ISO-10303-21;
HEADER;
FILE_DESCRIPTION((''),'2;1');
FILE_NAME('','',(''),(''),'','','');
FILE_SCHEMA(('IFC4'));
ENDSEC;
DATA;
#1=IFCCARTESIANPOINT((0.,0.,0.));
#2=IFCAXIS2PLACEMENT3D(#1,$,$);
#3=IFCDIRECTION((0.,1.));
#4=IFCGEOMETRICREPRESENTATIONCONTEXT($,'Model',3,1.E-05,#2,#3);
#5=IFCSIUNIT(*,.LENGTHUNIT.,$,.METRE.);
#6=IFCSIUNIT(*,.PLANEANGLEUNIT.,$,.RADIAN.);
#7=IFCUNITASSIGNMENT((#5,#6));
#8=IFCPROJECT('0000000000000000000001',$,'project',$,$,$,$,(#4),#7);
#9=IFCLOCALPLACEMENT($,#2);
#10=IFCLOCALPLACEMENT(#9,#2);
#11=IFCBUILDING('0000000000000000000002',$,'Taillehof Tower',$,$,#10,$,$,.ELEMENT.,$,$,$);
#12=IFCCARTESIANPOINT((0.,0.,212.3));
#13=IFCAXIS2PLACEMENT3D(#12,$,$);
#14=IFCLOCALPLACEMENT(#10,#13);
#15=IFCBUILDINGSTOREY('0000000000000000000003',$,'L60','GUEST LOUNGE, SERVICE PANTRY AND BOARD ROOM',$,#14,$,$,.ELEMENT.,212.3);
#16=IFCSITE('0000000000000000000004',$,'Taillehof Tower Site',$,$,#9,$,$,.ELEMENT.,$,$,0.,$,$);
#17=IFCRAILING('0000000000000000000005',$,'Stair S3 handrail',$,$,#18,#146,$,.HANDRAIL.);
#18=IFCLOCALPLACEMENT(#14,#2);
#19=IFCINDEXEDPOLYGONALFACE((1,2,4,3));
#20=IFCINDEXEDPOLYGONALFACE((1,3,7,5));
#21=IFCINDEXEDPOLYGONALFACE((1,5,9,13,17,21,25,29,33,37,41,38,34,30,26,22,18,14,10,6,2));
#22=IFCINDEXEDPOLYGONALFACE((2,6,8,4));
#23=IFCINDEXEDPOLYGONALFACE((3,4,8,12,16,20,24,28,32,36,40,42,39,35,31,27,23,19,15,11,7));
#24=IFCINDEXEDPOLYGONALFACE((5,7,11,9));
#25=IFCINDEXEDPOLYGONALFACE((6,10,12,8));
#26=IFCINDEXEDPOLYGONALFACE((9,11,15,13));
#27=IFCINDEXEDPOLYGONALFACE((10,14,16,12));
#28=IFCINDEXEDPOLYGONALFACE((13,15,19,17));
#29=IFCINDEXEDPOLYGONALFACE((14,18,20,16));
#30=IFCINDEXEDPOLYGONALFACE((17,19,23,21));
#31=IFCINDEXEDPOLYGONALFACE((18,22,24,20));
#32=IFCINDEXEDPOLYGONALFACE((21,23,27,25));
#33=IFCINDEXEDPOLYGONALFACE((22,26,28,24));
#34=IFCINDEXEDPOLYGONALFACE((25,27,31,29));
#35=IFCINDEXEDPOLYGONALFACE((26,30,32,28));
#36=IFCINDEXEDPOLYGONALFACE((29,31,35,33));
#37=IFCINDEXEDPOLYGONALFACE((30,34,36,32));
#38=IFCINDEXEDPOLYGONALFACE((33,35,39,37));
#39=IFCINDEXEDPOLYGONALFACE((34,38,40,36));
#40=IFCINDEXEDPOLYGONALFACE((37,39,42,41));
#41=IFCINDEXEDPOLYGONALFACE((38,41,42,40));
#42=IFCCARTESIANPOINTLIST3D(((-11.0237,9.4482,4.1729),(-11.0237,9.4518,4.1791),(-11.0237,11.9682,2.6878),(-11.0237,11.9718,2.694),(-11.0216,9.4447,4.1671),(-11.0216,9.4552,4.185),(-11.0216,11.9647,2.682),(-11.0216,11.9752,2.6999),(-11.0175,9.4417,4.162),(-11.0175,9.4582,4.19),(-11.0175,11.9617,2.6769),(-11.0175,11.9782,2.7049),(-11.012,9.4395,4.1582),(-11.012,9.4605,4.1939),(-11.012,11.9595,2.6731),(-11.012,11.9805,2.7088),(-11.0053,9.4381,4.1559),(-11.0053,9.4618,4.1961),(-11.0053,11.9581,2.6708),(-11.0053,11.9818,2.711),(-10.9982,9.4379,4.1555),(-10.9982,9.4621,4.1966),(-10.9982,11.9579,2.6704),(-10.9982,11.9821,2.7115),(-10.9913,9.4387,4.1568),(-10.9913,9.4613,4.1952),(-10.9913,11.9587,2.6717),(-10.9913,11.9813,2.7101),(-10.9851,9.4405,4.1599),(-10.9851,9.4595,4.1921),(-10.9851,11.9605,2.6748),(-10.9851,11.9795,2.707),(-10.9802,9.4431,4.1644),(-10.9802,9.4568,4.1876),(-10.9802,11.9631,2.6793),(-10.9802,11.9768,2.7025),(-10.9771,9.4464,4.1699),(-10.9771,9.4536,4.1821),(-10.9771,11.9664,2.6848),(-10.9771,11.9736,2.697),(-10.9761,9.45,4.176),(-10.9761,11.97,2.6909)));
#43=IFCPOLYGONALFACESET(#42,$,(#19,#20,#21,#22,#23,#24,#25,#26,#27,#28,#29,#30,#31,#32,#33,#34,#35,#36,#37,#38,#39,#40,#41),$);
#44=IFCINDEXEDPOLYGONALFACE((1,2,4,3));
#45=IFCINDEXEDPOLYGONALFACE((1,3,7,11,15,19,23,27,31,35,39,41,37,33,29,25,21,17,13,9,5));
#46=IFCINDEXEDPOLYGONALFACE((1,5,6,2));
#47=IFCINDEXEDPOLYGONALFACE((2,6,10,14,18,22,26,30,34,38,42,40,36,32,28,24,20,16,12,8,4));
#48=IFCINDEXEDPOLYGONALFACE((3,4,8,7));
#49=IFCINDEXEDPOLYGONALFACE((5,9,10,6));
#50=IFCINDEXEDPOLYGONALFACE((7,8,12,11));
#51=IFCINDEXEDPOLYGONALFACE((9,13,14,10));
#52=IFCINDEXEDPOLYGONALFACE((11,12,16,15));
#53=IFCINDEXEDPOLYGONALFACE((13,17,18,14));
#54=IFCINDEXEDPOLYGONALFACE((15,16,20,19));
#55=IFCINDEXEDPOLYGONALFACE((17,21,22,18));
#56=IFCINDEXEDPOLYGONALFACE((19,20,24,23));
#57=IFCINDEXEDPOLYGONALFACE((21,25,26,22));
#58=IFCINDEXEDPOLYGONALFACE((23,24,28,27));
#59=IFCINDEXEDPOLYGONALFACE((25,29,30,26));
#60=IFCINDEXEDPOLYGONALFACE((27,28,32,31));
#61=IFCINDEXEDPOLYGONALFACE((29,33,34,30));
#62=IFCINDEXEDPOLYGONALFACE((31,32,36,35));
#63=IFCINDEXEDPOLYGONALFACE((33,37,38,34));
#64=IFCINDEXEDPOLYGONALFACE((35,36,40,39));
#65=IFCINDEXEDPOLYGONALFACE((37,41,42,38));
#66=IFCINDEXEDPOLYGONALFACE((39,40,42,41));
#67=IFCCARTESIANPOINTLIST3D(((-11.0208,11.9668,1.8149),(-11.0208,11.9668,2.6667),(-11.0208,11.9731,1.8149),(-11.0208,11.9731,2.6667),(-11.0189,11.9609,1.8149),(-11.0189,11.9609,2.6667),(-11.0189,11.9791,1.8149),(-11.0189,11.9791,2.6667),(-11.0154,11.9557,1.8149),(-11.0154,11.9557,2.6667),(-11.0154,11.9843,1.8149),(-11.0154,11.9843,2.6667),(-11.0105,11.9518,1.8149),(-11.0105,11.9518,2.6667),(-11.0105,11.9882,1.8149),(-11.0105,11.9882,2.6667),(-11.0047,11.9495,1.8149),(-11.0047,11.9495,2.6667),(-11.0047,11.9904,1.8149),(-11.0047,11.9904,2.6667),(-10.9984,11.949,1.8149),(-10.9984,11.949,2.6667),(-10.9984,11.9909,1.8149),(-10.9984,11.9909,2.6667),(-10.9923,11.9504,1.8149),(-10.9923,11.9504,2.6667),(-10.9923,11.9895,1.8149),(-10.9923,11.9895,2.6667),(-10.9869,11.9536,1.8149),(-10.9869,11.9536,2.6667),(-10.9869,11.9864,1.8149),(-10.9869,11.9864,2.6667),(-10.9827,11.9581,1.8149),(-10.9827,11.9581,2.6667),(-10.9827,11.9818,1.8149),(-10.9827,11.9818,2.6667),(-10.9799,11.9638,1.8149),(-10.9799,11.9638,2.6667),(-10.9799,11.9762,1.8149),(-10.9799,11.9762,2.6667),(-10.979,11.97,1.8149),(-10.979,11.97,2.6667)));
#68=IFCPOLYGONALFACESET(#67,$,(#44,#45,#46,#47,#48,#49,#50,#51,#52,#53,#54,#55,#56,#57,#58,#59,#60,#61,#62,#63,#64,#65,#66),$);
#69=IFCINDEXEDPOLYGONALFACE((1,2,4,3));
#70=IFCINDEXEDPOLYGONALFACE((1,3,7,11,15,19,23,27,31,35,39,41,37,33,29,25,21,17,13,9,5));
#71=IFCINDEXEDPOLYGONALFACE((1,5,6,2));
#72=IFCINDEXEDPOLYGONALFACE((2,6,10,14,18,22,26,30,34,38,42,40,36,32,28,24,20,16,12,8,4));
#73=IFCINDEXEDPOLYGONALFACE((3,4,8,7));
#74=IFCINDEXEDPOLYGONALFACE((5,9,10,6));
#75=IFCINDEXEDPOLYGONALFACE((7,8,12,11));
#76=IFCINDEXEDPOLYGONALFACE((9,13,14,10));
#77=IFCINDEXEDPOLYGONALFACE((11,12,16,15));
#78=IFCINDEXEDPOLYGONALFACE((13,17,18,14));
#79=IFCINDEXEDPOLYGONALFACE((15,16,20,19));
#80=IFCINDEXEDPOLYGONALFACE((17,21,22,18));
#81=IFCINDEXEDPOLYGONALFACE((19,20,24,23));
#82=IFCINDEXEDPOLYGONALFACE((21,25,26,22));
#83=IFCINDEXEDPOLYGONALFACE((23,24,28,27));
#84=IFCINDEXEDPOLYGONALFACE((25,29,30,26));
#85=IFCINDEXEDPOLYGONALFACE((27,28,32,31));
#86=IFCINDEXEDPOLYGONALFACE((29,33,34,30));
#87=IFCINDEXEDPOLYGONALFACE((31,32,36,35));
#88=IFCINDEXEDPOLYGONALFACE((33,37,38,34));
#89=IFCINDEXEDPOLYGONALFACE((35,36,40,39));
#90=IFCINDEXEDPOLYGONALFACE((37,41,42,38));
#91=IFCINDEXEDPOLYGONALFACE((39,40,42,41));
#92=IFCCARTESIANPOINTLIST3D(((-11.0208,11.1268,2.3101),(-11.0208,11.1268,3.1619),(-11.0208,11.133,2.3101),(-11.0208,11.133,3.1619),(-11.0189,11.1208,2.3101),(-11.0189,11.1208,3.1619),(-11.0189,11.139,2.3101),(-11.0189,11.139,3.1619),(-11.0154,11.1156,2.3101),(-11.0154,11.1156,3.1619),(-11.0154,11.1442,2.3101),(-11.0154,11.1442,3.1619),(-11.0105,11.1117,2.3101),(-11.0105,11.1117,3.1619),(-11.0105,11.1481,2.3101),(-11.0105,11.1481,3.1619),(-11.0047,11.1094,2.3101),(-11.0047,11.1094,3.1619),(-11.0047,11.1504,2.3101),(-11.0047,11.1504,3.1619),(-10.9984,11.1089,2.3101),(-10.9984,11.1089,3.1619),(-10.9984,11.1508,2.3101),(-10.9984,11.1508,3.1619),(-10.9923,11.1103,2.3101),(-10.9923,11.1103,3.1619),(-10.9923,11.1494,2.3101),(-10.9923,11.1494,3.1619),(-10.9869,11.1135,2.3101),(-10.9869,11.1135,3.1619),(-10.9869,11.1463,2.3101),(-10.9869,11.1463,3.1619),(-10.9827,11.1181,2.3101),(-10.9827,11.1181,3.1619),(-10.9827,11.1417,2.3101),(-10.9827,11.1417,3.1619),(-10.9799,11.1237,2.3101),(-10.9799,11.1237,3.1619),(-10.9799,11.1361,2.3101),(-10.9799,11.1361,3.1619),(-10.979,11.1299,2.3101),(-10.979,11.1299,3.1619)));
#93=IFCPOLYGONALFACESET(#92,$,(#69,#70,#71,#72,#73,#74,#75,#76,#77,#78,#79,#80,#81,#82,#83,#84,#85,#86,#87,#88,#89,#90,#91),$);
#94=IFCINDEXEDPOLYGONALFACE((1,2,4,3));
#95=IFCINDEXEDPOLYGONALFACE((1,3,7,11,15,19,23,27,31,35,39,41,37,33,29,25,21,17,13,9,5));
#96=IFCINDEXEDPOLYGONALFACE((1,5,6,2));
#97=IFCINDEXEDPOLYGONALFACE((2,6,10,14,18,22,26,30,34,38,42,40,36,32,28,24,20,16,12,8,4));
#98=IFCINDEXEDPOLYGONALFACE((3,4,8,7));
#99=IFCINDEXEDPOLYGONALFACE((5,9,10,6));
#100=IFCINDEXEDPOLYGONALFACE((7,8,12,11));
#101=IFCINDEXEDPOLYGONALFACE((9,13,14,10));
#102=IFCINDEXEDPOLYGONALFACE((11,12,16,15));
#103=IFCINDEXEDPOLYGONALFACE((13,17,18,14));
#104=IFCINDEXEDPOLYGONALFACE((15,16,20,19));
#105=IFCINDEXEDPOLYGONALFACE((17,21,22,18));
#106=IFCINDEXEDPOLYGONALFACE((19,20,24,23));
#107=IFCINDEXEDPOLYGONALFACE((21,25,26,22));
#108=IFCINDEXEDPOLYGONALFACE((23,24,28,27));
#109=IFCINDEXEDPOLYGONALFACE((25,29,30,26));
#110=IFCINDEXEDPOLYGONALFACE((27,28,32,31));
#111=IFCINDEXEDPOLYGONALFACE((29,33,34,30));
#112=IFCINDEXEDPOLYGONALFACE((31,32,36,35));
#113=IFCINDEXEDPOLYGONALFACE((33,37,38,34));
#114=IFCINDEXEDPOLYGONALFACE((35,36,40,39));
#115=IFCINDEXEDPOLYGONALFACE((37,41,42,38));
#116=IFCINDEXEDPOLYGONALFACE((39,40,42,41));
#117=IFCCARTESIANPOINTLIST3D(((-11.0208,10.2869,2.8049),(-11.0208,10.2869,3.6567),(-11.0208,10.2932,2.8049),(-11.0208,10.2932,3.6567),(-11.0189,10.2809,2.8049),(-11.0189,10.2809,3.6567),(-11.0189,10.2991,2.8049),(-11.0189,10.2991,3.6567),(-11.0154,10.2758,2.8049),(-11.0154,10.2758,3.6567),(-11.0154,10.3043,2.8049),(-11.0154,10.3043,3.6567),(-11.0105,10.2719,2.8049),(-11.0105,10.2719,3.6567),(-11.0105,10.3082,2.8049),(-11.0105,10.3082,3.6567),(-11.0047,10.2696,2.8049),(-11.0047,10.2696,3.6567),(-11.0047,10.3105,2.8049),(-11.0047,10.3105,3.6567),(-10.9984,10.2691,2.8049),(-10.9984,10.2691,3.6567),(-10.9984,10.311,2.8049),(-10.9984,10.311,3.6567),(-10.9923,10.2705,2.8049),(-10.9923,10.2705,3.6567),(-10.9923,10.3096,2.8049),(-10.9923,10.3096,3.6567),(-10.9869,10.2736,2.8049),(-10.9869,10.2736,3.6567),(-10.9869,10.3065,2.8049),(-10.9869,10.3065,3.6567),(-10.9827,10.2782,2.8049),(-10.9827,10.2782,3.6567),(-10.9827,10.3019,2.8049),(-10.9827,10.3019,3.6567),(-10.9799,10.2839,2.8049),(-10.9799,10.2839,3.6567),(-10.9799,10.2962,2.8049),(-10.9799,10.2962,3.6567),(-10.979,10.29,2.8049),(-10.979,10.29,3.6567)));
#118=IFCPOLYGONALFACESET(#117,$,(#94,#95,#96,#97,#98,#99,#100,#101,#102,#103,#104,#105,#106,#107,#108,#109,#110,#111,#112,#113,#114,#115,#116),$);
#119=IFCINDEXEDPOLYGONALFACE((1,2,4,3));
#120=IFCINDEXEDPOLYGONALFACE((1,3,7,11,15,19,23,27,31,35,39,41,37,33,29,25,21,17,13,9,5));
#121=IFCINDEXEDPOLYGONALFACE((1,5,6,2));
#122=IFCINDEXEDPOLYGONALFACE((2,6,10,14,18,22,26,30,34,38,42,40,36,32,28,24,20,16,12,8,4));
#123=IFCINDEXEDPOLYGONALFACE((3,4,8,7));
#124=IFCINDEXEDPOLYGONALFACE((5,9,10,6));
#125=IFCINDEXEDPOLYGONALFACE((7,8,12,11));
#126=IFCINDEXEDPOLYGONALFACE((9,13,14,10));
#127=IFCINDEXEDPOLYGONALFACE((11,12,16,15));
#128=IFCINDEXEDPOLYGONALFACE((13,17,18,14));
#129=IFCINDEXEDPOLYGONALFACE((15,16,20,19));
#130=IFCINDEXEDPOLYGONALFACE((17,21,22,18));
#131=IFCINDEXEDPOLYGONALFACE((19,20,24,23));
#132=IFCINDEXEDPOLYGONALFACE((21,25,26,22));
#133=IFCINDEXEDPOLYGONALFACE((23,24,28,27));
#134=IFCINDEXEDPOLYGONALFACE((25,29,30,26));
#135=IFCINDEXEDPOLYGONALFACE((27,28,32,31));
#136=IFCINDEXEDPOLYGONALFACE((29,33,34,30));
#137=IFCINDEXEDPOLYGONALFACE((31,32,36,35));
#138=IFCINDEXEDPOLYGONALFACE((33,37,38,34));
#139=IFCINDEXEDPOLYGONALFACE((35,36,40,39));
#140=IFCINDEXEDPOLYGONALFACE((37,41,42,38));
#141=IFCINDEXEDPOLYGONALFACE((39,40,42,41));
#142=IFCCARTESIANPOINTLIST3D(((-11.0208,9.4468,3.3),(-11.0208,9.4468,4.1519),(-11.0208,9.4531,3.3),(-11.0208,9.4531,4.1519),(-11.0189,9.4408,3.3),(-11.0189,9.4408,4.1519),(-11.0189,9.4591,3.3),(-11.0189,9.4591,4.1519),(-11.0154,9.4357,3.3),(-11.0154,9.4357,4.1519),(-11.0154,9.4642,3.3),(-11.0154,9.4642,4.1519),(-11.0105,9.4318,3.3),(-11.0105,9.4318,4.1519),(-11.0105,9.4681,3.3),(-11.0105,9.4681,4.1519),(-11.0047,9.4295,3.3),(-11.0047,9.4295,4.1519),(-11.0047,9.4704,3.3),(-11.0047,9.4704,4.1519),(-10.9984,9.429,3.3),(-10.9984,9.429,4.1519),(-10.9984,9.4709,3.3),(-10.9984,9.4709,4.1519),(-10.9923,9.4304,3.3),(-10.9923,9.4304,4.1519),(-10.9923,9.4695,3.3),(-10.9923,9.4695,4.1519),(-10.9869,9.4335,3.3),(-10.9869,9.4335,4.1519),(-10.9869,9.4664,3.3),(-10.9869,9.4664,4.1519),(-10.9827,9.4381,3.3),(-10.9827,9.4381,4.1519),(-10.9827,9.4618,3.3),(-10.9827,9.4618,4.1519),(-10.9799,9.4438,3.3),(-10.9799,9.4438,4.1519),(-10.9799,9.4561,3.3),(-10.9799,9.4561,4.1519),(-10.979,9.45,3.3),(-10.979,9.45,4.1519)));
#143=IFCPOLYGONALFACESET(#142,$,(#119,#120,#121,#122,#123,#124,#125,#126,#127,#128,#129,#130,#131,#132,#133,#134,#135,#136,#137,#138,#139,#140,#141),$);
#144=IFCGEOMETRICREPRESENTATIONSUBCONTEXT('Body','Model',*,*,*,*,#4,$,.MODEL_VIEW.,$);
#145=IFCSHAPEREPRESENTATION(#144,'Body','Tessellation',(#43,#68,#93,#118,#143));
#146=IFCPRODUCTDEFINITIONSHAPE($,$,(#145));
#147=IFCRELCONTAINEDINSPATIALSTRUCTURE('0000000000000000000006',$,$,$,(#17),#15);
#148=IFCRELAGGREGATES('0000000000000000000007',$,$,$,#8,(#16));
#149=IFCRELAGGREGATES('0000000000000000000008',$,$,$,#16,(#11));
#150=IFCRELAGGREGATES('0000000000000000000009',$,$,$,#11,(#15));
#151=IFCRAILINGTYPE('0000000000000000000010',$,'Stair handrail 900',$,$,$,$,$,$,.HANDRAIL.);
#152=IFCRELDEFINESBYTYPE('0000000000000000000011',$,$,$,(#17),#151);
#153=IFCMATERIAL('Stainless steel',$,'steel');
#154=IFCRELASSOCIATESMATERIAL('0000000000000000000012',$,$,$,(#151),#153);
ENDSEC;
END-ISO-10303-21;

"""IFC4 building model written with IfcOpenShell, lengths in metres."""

from ifc_helpers import new_model, si_unit, direction, frame, origin, origin_2d, place, context, subcontext, project, spatial, circle, extrude, material, type_object, element, save


model = new_model("IFC4")

# Units and contexts
model_context = context("Model", 3, precision=1e-05, world=origin(), true_north=direction((0.0, 1.0)))
body_context = subcontext(model_context, "Body", "Model", "MODEL_VIEW")
ifc_project = project(units=[si_unit("LENGTHUNIT", "METRE"), si_unit("PLANEANGLEUNIT", "RADIAN")], contexts=[model_context])

# Site, building, storey
site_placement = place(None, origin())
site = spatial("IfcSite", under=ifc_project, at=site_placement, Name="Taillehof Tower Site", CompositionType="ELEMENT", RefElevation=0.0)
building_placement = place(site_placement, origin())
building = spatial("IfcBuilding", under=site, at=building_placement, Name="Taillehof Tower", CompositionType="ELEMENT")
storey_placement = place(building_placement, frame((0.0, 0.0, 212.3)))
storey = spatial("IfcBuildingStorey", under=building, at=storey_placement, Name="L60", Description="GUEST LOUNGE, SERVICE PANTRY AND BOARD ROOM", CompositionType="ELEMENT", Elevation=212.3)

# Railing
ifc_material_1 = material(Name="Stainless steel", Category="steel")
railing_type = type_object("IfcRailingType", Name="Stair handrail 900", PredefinedType="HANDRAIL", material=ifc_material_1)
railing_placement = place(storey_placement, frame((-11.0, 11.97, 1.8149)))
element("IfcRailing", 1, at=railing_placement, inside=storey, type_object=railing_type, Name="Stair S3 handrail", PredefinedType="HANDRAIL", context=body_context, shape_type="SweptSolid", body=[
    extrude(circle(Radius=0.0239, at=origin_2d()), frame((0.0, 0.0, 0.876), z_axis=(0.0, -0.861524, 0.507717), x_axis=(1.0, 0.0, 0.0)), (0.0, 0.0, 1.0), 2.925),
    extrude(circle(Radius=0.021, at=origin_2d()), origin(), (0.0, 0.0, 1.0), 0.8518),
    extrude(circle(Radius=0.021, at=origin_2d()), frame((0.0, -0.8401, 0.4951)), (0.0, 0.0, 1.0), 0.8518),
    extrude(circle(Radius=0.021, at=origin_2d()), frame((0.0, -1.6799, 0.99)), (0.0, 0.0, 1.0), 0.8518),
    extrude(circle(Radius=0.021, at=origin_2d()), frame((0.0, -2.52, 1.4851)), (0.0, 0.0, 1.0), 0.8518),
])

save(model, "model.ifc")
